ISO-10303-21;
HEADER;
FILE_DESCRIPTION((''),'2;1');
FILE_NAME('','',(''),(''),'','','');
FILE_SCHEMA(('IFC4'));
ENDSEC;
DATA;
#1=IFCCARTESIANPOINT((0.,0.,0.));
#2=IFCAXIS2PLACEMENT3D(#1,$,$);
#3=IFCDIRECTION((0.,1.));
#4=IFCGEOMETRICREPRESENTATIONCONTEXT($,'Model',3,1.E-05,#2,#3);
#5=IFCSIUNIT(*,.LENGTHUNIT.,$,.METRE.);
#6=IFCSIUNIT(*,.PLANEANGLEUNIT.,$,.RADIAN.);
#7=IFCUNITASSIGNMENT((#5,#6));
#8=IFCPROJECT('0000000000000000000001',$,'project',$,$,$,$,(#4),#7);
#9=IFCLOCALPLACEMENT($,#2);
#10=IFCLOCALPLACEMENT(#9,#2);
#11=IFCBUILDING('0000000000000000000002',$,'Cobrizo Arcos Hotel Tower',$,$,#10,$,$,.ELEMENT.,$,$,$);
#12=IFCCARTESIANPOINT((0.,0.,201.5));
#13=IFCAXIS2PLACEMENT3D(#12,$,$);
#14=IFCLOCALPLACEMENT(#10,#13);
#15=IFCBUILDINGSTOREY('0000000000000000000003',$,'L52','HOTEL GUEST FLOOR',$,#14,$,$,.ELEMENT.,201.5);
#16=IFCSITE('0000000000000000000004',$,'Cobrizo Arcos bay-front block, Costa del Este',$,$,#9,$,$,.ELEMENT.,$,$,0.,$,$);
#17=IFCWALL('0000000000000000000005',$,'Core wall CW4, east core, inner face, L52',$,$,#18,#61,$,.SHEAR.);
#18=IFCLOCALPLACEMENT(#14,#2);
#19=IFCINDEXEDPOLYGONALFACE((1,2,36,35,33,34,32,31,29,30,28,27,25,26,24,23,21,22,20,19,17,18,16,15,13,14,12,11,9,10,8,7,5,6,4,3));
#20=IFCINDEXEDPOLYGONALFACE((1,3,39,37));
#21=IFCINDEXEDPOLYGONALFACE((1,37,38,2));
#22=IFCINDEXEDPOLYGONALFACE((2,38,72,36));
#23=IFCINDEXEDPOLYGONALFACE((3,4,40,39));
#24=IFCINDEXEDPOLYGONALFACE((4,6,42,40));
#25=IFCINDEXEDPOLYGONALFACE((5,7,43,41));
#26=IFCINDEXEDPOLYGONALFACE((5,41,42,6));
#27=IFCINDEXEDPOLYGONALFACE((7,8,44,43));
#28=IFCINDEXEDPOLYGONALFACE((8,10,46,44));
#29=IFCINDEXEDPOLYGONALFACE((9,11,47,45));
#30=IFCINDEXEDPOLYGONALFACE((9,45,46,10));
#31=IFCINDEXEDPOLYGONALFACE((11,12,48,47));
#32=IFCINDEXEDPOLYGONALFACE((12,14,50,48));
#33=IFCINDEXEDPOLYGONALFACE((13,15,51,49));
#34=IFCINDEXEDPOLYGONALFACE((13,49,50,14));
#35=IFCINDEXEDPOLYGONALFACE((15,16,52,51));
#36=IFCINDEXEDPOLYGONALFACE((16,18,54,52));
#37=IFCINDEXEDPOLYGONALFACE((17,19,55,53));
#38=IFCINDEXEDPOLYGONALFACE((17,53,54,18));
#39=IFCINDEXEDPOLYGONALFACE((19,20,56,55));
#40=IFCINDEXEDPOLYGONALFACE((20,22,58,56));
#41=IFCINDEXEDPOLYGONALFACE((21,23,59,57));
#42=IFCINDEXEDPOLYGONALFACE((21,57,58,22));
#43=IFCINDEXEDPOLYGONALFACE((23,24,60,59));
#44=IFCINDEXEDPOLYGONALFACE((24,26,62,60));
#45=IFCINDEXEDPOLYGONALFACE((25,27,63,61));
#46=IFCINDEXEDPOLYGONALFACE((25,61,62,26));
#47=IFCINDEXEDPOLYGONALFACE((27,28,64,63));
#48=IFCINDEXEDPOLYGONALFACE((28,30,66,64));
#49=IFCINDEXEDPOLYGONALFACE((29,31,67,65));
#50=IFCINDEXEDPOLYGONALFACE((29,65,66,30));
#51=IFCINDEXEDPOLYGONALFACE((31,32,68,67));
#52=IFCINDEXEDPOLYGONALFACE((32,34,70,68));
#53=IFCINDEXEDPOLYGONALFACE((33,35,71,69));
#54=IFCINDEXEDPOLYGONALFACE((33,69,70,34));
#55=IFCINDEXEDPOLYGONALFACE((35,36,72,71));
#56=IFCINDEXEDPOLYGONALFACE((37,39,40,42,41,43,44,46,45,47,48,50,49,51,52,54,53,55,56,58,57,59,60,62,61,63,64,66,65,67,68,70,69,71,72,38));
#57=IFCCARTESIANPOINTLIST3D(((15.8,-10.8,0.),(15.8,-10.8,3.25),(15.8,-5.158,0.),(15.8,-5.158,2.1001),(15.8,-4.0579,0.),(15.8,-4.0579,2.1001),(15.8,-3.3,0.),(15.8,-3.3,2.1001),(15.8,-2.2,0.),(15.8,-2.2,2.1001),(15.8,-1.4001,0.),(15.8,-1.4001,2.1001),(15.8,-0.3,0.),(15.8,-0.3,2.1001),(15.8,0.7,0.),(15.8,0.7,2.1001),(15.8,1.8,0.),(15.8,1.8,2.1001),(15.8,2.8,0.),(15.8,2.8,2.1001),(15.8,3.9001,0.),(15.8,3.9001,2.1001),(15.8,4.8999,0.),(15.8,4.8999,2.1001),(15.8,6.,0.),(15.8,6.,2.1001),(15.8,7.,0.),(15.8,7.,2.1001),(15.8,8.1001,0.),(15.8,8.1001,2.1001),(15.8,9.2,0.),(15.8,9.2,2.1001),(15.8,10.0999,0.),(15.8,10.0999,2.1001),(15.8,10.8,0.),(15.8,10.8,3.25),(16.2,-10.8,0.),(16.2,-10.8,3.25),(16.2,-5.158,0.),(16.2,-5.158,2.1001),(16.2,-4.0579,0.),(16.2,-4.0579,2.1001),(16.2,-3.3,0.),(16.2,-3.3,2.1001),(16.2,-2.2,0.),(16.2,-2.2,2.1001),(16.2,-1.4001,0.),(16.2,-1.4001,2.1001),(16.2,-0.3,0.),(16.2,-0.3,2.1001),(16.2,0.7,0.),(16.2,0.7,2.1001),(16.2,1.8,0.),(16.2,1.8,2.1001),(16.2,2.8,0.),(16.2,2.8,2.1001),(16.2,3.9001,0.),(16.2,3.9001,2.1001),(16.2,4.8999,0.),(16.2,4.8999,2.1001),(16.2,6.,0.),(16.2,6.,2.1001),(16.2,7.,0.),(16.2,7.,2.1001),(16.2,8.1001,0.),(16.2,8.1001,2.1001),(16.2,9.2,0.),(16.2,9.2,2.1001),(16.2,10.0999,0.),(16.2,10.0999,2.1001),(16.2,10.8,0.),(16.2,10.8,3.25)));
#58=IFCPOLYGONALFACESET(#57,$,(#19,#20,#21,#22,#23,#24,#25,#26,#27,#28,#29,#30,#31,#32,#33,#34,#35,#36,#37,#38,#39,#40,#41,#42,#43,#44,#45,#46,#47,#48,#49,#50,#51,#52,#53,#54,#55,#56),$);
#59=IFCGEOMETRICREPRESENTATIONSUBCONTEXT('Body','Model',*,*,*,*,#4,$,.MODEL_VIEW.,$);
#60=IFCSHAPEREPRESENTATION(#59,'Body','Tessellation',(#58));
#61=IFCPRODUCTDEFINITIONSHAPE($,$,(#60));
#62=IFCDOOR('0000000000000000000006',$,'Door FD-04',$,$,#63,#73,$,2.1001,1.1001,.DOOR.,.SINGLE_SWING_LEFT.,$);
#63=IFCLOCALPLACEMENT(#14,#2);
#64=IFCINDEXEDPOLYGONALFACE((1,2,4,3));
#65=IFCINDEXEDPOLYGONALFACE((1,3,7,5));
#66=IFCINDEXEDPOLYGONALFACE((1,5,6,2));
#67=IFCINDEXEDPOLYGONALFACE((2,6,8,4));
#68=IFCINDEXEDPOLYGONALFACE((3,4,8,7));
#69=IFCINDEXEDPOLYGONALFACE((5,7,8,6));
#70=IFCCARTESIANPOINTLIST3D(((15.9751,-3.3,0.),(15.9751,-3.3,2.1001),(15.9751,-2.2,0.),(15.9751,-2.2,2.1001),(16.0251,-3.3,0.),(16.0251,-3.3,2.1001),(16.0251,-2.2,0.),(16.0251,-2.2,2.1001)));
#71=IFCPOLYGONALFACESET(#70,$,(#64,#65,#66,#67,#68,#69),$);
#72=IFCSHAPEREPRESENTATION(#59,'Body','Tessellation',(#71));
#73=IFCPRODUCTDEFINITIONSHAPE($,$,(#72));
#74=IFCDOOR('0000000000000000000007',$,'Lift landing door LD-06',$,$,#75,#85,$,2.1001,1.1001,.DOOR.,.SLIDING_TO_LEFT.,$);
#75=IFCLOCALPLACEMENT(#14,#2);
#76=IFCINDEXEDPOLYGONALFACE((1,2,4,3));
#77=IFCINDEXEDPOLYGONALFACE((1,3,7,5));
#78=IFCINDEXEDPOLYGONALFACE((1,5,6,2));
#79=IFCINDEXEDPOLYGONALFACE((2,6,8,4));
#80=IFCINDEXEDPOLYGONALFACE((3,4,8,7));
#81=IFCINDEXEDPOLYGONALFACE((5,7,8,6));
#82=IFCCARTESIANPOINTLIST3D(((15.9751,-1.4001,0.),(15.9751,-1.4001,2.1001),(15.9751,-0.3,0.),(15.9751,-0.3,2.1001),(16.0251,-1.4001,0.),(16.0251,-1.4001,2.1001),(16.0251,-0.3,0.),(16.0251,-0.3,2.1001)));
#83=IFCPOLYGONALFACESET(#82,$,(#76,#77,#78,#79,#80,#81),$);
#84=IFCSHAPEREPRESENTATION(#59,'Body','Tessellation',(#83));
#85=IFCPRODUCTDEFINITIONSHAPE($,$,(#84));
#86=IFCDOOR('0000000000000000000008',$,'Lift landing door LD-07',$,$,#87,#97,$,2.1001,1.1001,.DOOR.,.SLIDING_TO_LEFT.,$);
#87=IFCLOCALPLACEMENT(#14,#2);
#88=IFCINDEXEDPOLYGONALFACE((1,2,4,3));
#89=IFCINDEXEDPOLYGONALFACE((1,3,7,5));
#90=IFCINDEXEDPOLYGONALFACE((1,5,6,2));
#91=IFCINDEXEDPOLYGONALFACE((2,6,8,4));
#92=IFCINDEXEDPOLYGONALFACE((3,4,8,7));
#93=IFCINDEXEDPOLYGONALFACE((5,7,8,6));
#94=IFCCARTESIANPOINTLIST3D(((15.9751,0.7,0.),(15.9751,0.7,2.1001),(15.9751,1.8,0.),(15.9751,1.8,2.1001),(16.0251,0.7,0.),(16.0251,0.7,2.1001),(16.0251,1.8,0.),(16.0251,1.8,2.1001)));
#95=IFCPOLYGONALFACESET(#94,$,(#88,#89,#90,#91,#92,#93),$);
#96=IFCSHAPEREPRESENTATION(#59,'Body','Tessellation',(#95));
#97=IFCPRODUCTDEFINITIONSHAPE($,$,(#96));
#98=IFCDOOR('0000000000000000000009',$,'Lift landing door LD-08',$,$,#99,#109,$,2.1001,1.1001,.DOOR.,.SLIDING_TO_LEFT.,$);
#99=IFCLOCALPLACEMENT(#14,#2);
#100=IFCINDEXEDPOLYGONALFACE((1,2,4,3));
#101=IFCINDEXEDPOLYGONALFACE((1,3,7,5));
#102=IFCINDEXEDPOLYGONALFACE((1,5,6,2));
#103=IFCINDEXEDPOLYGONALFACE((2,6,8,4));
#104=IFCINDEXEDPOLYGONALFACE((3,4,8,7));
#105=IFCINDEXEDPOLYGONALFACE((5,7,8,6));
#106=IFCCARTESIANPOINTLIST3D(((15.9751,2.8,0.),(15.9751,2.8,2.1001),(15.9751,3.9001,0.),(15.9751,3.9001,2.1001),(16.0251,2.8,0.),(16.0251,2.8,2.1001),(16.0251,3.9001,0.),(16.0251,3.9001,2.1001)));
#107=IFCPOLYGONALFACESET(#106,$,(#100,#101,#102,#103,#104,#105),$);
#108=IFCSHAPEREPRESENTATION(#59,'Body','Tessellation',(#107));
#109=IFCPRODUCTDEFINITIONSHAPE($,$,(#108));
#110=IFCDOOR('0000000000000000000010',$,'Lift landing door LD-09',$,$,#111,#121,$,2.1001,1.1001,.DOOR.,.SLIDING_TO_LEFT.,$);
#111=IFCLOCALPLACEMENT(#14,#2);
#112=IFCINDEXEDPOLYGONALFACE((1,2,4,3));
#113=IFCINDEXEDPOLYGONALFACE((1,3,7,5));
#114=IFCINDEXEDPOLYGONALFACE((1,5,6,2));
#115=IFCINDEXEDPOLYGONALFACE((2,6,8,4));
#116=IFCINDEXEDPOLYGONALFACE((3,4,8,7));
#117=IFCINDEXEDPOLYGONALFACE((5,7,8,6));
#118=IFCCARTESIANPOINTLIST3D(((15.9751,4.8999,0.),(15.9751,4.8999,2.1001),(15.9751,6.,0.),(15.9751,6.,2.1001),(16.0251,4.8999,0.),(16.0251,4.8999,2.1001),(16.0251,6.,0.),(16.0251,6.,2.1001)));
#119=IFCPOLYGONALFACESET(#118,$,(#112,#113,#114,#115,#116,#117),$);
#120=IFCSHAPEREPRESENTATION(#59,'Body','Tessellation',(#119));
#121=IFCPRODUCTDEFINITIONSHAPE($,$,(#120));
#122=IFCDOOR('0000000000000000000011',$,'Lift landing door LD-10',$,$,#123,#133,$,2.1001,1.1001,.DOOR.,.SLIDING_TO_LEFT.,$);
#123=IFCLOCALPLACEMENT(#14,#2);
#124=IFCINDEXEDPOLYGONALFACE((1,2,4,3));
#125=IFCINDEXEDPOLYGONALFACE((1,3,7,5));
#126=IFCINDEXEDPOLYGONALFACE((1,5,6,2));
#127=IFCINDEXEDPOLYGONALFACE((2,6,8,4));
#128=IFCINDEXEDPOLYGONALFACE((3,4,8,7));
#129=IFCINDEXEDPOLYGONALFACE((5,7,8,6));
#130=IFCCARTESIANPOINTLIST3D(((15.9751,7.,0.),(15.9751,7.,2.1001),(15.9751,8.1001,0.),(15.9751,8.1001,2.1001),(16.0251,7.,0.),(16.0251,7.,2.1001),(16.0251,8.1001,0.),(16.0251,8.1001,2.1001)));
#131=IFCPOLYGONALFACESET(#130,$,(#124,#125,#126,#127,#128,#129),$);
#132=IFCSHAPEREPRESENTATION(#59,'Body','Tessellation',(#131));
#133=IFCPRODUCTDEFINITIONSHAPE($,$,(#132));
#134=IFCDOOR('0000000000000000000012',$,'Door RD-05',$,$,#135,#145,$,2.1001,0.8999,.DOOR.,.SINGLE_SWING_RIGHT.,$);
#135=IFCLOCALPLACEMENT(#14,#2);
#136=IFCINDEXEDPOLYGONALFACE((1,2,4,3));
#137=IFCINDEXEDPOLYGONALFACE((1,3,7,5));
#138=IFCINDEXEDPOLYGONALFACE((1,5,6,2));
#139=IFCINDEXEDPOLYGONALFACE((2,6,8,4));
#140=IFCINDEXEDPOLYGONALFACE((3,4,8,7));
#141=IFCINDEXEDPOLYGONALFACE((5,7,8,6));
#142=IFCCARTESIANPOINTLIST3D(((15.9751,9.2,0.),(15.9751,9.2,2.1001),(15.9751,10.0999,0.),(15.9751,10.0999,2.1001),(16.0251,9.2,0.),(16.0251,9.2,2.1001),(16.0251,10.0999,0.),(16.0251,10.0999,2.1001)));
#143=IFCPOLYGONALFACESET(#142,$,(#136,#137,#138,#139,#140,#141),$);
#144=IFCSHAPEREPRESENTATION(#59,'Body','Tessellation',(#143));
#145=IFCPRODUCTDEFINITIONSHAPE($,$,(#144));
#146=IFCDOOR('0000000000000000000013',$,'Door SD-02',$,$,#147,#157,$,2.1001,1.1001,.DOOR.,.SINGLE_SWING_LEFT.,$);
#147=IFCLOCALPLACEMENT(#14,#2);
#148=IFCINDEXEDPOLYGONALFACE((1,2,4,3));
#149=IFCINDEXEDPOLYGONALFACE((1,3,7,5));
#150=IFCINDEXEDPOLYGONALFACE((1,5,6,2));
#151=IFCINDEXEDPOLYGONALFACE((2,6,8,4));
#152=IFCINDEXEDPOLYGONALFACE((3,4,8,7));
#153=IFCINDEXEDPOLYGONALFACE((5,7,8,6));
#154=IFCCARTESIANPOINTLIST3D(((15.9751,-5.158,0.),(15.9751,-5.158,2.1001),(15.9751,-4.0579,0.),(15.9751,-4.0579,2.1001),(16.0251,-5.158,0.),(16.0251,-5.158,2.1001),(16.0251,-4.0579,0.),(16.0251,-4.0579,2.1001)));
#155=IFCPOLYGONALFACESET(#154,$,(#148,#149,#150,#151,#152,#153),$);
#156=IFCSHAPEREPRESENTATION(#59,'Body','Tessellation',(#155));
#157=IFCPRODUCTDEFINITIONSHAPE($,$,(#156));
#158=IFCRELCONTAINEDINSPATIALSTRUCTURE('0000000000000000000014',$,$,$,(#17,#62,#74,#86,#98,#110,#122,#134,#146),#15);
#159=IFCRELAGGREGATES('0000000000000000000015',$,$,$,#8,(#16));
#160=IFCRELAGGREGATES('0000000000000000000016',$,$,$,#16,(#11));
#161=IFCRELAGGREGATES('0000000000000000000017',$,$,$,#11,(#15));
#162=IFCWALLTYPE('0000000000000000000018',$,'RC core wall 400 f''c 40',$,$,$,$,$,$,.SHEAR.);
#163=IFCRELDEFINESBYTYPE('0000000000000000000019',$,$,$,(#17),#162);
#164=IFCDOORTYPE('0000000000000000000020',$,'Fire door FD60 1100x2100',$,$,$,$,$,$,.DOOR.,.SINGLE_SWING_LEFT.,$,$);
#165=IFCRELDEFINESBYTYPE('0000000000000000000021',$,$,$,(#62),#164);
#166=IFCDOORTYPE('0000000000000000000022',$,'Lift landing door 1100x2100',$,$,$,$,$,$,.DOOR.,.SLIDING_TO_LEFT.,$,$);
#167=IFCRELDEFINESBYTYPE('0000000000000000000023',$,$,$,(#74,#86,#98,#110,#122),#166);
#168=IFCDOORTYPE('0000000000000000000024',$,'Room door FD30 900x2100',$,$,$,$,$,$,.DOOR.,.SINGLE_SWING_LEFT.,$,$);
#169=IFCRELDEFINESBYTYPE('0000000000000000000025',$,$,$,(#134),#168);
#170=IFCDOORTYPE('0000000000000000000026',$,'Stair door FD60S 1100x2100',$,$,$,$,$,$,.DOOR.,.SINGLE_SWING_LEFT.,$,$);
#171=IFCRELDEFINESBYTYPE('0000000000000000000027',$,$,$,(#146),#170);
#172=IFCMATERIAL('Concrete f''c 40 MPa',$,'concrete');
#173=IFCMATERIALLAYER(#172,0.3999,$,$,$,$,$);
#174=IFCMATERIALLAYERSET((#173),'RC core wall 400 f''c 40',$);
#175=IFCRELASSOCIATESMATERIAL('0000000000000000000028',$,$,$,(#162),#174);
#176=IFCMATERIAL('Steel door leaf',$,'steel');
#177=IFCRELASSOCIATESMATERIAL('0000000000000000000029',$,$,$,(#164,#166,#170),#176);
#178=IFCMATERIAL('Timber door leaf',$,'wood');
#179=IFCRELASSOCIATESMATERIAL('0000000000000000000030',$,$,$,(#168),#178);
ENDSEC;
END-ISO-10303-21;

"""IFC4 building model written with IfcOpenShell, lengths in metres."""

from ifc_helpers import new_model, si_unit, direction, frame, frame_2d, origin, place, context, subcontext, project, spatial, rectangle, extrude, material, layer, layer_set, type_object, element, fill, save


model = new_model("IFC4")

# Units and contexts
model_context = context("Model", 3, precision=1e-05, world=origin(), true_north=direction((0.0, 1.0)))
body_context = subcontext(model_context, "Body", "Model", "MODEL_VIEW")
ifc_project = project(units=[si_unit("LENGTHUNIT", "METRE"), si_unit("PLANEANGLEUNIT", "RADIAN")], contexts=[model_context])

# Site, building, storey
site_placement = place(None, origin())
site = spatial("IfcSite", under=ifc_project, at=site_placement, Name="Cobrizo Arcos bay-front block, Costa del Este", CompositionType="ELEMENT", RefElevation=0.0)
building_placement = place(site_placement, origin())
building = spatial("IfcBuilding", under=site, at=building_placement, Name="Cobrizo Arcos Hotel Tower", CompositionType="ELEMENT")
storey_placement = place(building_placement, frame((0.0, 0.0, 201.5)))
storey = spatial("IfcBuildingStorey", under=building, at=storey_placement, Name="L52", Description="HOTEL GUEST FLOOR", CompositionType="ELEMENT", Elevation=201.5)

# Wall, openings, doors
ifc_material_1 = material(Name="Concrete f'c 40 MPa", Category="concrete")
ifc_layer_1 = layer(ifc_material_1, 0.3999)
ifc_layer_set_1 = layer_set([ifc_layer_1], Name="RC core wall 400 f'c 40")
wall_type_1 = type_object("IfcWallType", Name="RC core wall 400 f'c 40", PredefinedType="SHEAR", material=ifc_layer_set_1)
wall_1_placement = place(storey_placement, frame((16.0, -10.8, 0.0), z_axis=(0.0, 0.0, 1.0), x_axis=(0.0, 1.0, 0.0)))
wall_1 = element("IfcWall", 1, at=wall_1_placement, inside=storey, type_object=wall_type_1, Name="Core wall CW4, east core, inner face, L52", PredefinedType="SHEAR", context=body_context, shape_type="SweptSolid", body=[
    extrude(rectangle(XDim=21.6001, YDim=0.3999, at=frame_2d((10.8, 0.0))), origin(), (0.0, 0.0, 1.0), 3.25),
])
opening_1_placement = place(wall_1_placement, frame((9.3999, 0.0, 0.0)))
opening_1 = element("IfcOpeningElement", 2, at=opening_1_placement, cuts=wall_1, PredefinedType="OPENING", context=body_context, shape_type="SweptSolid", body=[
    extrude(rectangle(XDim=1.1001, YDim=2.1001, at=frame_2d((0.55, 1.05))), frame((0.0, 0.2119, 0.0), z_axis=(0.0, -1.0, 0.0), x_axis=(1.0, 0.0, 0.0)), (0.0, 0.0, 1.0), 0.4238),
])
opening_2_placement = place(wall_1_placement, frame((11.5, 0.0, 0.0)))
opening_2 = element("IfcOpeningElement", 3, at=opening_2_placement, cuts=wall_1, PredefinedType="OPENING", context=body_context, shape_type="SweptSolid", body=[
    extrude(rectangle(XDim=1.1001, YDim=2.1001, at=frame_2d((0.55, 1.05))), frame((0.0, 0.2119, 0.0), z_axis=(0.0, -1.0, 0.0), x_axis=(1.0, 0.0, 0.0)), (0.0, 0.0, 1.0), 0.4238),
])
opening_3_placement = place(wall_1_placement, frame((13.6001, 0.0, 0.0)))
opening_3 = element("IfcOpeningElement", 4, at=opening_3_placement, cuts=wall_1, PredefinedType="OPENING", context=body_context, shape_type="SweptSolid", body=[
    extrude(rectangle(XDim=1.1001, YDim=2.1001, at=frame_2d((0.55, 1.05))), frame((0.0, 0.2119, 0.0), z_axis=(0.0, -1.0, 0.0), x_axis=(1.0, 0.0, 0.0)), (0.0, 0.0, 1.0), 0.4238),
])
opening_4_placement = place(wall_1_placement, frame((15.7, 0.0, 0.0)))
opening_4 = element("IfcOpeningElement", 5, at=opening_4_placement, cuts=wall_1, PredefinedType="OPENING", context=body_context, shape_type="SweptSolid", body=[
    extrude(rectangle(XDim=1.1001, YDim=2.1001, at=frame_2d((0.55, 1.05))), frame((0.0, 0.2119, 0.0), z_axis=(0.0, -1.0, 0.0), x_axis=(1.0, 0.0, 0.0)), (0.0, 0.0, 1.0), 0.4238),
])
opening_5_placement = place(wall_1_placement, frame((17.8, 0.0, 0.0)))
opening_5 = element("IfcOpeningElement", 6, at=opening_5_placement, cuts=wall_1, PredefinedType="OPENING", context=body_context, shape_type="SweptSolid", body=[
    extrude(rectangle(XDim=1.1001, YDim=2.1001, at=frame_2d((0.55, 1.05))), frame((0.0, 0.2119, 0.0), z_axis=(0.0, -1.0, 0.0), x_axis=(1.0, 0.0, 0.0)), (0.0, 0.0, 1.0), 0.4238),
])
opening_6_placement = place(wall_1_placement, frame((5.6421, 0.0, 0.0)))
opening_6 = element("IfcOpeningElement", 7, at=opening_6_placement, cuts=wall_1, PredefinedType="OPENING", context=body_context, shape_type="SweptSolid", body=[
    extrude(rectangle(XDim=1.1001, YDim=2.1001, at=frame_2d((0.55, 1.05))), frame((0.0, 0.2119, 0.0), z_axis=(0.0, -1.0, 0.0), x_axis=(1.0, 0.0, 0.0)), (0.0, 0.0, 1.0), 0.4238),
])
opening_7_placement = place(wall_1_placement, frame((7.5, 0.0, 0.0)))
opening_7 = element("IfcOpeningElement", 8, at=opening_7_placement, cuts=wall_1, PredefinedType="OPENING", context=body_context, shape_type="SweptSolid", body=[
    extrude(rectangle(XDim=1.1001, YDim=2.1001, at=frame_2d((0.55, 1.05))), frame((0.0, 0.2119, 0.0), z_axis=(0.0, -1.0, 0.0), x_axis=(1.0, 0.0, 0.0)), (0.0, 0.0, 1.0), 0.4238),
])
opening_8_placement = place(wall_1_placement, frame((20.0, 0.0, 0.0)))
opening_8 = element("IfcOpeningElement", 9, at=opening_8_placement, cuts=wall_1, PredefinedType="OPENING", context=body_context, shape_type="SweptSolid", body=[
    extrude(rectangle(XDim=0.8999, YDim=2.1001, at=frame_2d((0.45, 1.05))), frame((0.0, 0.2119, 0.0), z_axis=(0.0, -1.0, 0.0), x_axis=(1.0, 0.0, 0.0)), (0.0, 0.0, 1.0), 0.4238),
])
ifc_material_2 = material(Name="Steel door leaf", Category="steel")
door_type_1 = type_object("IfcDoorType", Name="Fire door FD60 1100x2100", OperationType="SINGLE_SWING_LEFT", PredefinedType="DOOR", material=ifc_material_2)
door_1_placement = place(opening_7_placement, origin())
door_1 = element("IfcDoor", 10, at=door_1_placement, inside=storey, type_object=door_type_1, Name="Door FD-04", OperationType="SINGLE_SWING_LEFT", OverallHeight=2.1001, OverallWidth=1.1001, PredefinedType="DOOR", context=body_context, shape_type="SweptSolid", body=[
    extrude(rectangle(XDim=1.1001, YDim=2.1001, at=frame_2d((0.55, 1.05))), frame((0.0, 0.0249, 0.0), z_axis=(0.0, -1.0, 0.0), x_axis=(1.0, 0.0, 0.0)), (0.0, 0.0, 1.0), 0.05),
])
fill(opening_7, door_1)
door_type_2 = type_object("IfcDoorType", Name="Lift landing door 1100x2100", OperationType="SLIDING_TO_LEFT", PredefinedType="DOOR", material=ifc_material_2)
door_2_placement = place(opening_1_placement, origin())
door_2 = element("IfcDoor", 11, at=door_2_placement, inside=storey, type_object=door_type_2, Name="Lift landing door LD-06", OperationType="SLIDING_TO_LEFT", OverallHeight=2.1001, OverallWidth=1.1001, PredefinedType="DOOR", context=body_context, shape_type="SweptSolid", body=[
    extrude(rectangle(XDim=1.1001, YDim=2.1001, at=frame_2d((0.55, 1.05))), frame((0.0, 0.0249, 0.0), z_axis=(0.0, -1.0, 0.0), x_axis=(1.0, 0.0, 0.0)), (0.0, 0.0, 1.0), 0.05),
])
fill(opening_1, door_2)
door_3_placement = place(opening_2_placement, origin())
door_3 = element("IfcDoor", 12, at=door_3_placement, inside=storey, type_object=door_type_2, Name="Lift landing door LD-07", OperationType="SLIDING_TO_LEFT", OverallHeight=2.1001, OverallWidth=1.1001, PredefinedType="DOOR", context=body_context, shape_type="SweptSolid", body=[
    extrude(rectangle(XDim=1.1001, YDim=2.1001, at=frame_2d((0.55, 1.05))), frame((0.0, 0.0249, 0.0), z_axis=(0.0, -1.0, 0.0), x_axis=(1.0, 0.0, 0.0)), (0.0, 0.0, 1.0), 0.05),
])
fill(opening_2, door_3)
door_4_placement = place(opening_3_placement, origin())
door_4 = element("IfcDoor", 13, at=door_4_placement, inside=storey, type_object=door_type_2, Name="Lift landing door LD-08", OperationType="SLIDING_TO_LEFT", OverallHeight=2.1001, OverallWidth=1.1001, PredefinedType="DOOR", context=body_context, shape_type="SweptSolid", body=[
    extrude(rectangle(XDim=1.1001, YDim=2.1001, at=frame_2d((0.55, 1.05))), frame((0.0, 0.0249, 0.0), z_axis=(0.0, -1.0, 0.0), x_axis=(1.0, 0.0, 0.0)), (0.0, 0.0, 1.0), 0.05),
])
fill(opening_3, door_4)
door_5_placement = place(opening_4_placement, origin())
door_5 = element("IfcDoor", 14, at=door_5_placement, inside=storey, type_object=door_type_2, Name="Lift landing door LD-09", OperationType="SLIDING_TO_LEFT", OverallHeight=2.1001, OverallWidth=1.1001, PredefinedType="DOOR", context=body_context, shape_type="SweptSolid", body=[
    extrude(rectangle(XDim=1.1001, YDim=2.1001, at=frame_2d((0.55, 1.05))), frame((0.0, 0.0249, 0.0), z_axis=(0.0, -1.0, 0.0), x_axis=(1.0, 0.0, 0.0)), (0.0, 0.0, 1.0), 0.05),
])
fill(opening_4, door_5)
door_6_placement = place(opening_5_placement, origin())
door_6 = element("IfcDoor", 15, at=door_6_placement, inside=storey, type_object=door_type_2, Name="Lift landing door LD-10", OperationType="SLIDING_TO_LEFT", OverallHeight=2.1001, OverallWidth=1.1001, PredefinedType="DOOR", context=body_context, shape_type="SweptSolid", body=[
    extrude(rectangle(XDim=1.1001, YDim=2.1001, at=frame_2d((0.55, 1.05))), frame((0.0, 0.0249, 0.0), z_axis=(0.0, -1.0, 0.0), x_axis=(1.0, 0.0, 0.0)), (0.0, 0.0, 1.0), 0.05),
])
fill(opening_5, door_6)
ifc_material_3 = material(Name="Timber door leaf", Category="wood")
door_type_3 = type_object("IfcDoorType", Name="Room door FD30 900x2100", OperationType="SINGLE_SWING_LEFT", PredefinedType="DOOR", material=ifc_material_3)
door_7_placement = place(opening_8_placement, origin())
door_7 = element("IfcDoor", 16, at=door_7_placement, inside=storey, type_object=door_type_3, Name="Door RD-05", OperationType="SINGLE_SWING_RIGHT", OverallHeight=2.1001, OverallWidth=0.8999, PredefinedType="DOOR", context=body_context, shape_type="SweptSolid", body=[
    extrude(rectangle(XDim=0.8999, YDim=2.1001, at=frame_2d((0.45, 1.05))), frame((0.0, 0.0249, 0.0), z_axis=(0.0, -1.0, 0.0), x_axis=(1.0, 0.0, 0.0)), (0.0, 0.0, 1.0), 0.05),
])
fill(opening_8, door_7)
door_type_4 = type_object("IfcDoorType", Name="Stair door FD60S 1100x2100", OperationType="SINGLE_SWING_LEFT", PredefinedType="DOOR", material=ifc_material_2)
door_8_placement = place(opening_6_placement, origin())
door_8 = element("IfcDoor", 17, at=door_8_placement, inside=storey, type_object=door_type_4, Name="Door SD-02", OperationType="SINGLE_SWING_LEFT", OverallHeight=2.1001, OverallWidth=1.1001, PredefinedType="DOOR", context=body_context, shape_type="SweptSolid", body=[
    extrude(rectangle(XDim=1.1001, YDim=2.1001, at=frame_2d((0.55, 1.05))), frame((0.0, 0.0249, 0.0), z_axis=(0.0, -1.0, 0.0), x_axis=(1.0, 0.0, 0.0)), (0.0, 0.0, 1.0), 0.05),
])
fill(opening_6, door_8)

save(model, "model.ifc")
